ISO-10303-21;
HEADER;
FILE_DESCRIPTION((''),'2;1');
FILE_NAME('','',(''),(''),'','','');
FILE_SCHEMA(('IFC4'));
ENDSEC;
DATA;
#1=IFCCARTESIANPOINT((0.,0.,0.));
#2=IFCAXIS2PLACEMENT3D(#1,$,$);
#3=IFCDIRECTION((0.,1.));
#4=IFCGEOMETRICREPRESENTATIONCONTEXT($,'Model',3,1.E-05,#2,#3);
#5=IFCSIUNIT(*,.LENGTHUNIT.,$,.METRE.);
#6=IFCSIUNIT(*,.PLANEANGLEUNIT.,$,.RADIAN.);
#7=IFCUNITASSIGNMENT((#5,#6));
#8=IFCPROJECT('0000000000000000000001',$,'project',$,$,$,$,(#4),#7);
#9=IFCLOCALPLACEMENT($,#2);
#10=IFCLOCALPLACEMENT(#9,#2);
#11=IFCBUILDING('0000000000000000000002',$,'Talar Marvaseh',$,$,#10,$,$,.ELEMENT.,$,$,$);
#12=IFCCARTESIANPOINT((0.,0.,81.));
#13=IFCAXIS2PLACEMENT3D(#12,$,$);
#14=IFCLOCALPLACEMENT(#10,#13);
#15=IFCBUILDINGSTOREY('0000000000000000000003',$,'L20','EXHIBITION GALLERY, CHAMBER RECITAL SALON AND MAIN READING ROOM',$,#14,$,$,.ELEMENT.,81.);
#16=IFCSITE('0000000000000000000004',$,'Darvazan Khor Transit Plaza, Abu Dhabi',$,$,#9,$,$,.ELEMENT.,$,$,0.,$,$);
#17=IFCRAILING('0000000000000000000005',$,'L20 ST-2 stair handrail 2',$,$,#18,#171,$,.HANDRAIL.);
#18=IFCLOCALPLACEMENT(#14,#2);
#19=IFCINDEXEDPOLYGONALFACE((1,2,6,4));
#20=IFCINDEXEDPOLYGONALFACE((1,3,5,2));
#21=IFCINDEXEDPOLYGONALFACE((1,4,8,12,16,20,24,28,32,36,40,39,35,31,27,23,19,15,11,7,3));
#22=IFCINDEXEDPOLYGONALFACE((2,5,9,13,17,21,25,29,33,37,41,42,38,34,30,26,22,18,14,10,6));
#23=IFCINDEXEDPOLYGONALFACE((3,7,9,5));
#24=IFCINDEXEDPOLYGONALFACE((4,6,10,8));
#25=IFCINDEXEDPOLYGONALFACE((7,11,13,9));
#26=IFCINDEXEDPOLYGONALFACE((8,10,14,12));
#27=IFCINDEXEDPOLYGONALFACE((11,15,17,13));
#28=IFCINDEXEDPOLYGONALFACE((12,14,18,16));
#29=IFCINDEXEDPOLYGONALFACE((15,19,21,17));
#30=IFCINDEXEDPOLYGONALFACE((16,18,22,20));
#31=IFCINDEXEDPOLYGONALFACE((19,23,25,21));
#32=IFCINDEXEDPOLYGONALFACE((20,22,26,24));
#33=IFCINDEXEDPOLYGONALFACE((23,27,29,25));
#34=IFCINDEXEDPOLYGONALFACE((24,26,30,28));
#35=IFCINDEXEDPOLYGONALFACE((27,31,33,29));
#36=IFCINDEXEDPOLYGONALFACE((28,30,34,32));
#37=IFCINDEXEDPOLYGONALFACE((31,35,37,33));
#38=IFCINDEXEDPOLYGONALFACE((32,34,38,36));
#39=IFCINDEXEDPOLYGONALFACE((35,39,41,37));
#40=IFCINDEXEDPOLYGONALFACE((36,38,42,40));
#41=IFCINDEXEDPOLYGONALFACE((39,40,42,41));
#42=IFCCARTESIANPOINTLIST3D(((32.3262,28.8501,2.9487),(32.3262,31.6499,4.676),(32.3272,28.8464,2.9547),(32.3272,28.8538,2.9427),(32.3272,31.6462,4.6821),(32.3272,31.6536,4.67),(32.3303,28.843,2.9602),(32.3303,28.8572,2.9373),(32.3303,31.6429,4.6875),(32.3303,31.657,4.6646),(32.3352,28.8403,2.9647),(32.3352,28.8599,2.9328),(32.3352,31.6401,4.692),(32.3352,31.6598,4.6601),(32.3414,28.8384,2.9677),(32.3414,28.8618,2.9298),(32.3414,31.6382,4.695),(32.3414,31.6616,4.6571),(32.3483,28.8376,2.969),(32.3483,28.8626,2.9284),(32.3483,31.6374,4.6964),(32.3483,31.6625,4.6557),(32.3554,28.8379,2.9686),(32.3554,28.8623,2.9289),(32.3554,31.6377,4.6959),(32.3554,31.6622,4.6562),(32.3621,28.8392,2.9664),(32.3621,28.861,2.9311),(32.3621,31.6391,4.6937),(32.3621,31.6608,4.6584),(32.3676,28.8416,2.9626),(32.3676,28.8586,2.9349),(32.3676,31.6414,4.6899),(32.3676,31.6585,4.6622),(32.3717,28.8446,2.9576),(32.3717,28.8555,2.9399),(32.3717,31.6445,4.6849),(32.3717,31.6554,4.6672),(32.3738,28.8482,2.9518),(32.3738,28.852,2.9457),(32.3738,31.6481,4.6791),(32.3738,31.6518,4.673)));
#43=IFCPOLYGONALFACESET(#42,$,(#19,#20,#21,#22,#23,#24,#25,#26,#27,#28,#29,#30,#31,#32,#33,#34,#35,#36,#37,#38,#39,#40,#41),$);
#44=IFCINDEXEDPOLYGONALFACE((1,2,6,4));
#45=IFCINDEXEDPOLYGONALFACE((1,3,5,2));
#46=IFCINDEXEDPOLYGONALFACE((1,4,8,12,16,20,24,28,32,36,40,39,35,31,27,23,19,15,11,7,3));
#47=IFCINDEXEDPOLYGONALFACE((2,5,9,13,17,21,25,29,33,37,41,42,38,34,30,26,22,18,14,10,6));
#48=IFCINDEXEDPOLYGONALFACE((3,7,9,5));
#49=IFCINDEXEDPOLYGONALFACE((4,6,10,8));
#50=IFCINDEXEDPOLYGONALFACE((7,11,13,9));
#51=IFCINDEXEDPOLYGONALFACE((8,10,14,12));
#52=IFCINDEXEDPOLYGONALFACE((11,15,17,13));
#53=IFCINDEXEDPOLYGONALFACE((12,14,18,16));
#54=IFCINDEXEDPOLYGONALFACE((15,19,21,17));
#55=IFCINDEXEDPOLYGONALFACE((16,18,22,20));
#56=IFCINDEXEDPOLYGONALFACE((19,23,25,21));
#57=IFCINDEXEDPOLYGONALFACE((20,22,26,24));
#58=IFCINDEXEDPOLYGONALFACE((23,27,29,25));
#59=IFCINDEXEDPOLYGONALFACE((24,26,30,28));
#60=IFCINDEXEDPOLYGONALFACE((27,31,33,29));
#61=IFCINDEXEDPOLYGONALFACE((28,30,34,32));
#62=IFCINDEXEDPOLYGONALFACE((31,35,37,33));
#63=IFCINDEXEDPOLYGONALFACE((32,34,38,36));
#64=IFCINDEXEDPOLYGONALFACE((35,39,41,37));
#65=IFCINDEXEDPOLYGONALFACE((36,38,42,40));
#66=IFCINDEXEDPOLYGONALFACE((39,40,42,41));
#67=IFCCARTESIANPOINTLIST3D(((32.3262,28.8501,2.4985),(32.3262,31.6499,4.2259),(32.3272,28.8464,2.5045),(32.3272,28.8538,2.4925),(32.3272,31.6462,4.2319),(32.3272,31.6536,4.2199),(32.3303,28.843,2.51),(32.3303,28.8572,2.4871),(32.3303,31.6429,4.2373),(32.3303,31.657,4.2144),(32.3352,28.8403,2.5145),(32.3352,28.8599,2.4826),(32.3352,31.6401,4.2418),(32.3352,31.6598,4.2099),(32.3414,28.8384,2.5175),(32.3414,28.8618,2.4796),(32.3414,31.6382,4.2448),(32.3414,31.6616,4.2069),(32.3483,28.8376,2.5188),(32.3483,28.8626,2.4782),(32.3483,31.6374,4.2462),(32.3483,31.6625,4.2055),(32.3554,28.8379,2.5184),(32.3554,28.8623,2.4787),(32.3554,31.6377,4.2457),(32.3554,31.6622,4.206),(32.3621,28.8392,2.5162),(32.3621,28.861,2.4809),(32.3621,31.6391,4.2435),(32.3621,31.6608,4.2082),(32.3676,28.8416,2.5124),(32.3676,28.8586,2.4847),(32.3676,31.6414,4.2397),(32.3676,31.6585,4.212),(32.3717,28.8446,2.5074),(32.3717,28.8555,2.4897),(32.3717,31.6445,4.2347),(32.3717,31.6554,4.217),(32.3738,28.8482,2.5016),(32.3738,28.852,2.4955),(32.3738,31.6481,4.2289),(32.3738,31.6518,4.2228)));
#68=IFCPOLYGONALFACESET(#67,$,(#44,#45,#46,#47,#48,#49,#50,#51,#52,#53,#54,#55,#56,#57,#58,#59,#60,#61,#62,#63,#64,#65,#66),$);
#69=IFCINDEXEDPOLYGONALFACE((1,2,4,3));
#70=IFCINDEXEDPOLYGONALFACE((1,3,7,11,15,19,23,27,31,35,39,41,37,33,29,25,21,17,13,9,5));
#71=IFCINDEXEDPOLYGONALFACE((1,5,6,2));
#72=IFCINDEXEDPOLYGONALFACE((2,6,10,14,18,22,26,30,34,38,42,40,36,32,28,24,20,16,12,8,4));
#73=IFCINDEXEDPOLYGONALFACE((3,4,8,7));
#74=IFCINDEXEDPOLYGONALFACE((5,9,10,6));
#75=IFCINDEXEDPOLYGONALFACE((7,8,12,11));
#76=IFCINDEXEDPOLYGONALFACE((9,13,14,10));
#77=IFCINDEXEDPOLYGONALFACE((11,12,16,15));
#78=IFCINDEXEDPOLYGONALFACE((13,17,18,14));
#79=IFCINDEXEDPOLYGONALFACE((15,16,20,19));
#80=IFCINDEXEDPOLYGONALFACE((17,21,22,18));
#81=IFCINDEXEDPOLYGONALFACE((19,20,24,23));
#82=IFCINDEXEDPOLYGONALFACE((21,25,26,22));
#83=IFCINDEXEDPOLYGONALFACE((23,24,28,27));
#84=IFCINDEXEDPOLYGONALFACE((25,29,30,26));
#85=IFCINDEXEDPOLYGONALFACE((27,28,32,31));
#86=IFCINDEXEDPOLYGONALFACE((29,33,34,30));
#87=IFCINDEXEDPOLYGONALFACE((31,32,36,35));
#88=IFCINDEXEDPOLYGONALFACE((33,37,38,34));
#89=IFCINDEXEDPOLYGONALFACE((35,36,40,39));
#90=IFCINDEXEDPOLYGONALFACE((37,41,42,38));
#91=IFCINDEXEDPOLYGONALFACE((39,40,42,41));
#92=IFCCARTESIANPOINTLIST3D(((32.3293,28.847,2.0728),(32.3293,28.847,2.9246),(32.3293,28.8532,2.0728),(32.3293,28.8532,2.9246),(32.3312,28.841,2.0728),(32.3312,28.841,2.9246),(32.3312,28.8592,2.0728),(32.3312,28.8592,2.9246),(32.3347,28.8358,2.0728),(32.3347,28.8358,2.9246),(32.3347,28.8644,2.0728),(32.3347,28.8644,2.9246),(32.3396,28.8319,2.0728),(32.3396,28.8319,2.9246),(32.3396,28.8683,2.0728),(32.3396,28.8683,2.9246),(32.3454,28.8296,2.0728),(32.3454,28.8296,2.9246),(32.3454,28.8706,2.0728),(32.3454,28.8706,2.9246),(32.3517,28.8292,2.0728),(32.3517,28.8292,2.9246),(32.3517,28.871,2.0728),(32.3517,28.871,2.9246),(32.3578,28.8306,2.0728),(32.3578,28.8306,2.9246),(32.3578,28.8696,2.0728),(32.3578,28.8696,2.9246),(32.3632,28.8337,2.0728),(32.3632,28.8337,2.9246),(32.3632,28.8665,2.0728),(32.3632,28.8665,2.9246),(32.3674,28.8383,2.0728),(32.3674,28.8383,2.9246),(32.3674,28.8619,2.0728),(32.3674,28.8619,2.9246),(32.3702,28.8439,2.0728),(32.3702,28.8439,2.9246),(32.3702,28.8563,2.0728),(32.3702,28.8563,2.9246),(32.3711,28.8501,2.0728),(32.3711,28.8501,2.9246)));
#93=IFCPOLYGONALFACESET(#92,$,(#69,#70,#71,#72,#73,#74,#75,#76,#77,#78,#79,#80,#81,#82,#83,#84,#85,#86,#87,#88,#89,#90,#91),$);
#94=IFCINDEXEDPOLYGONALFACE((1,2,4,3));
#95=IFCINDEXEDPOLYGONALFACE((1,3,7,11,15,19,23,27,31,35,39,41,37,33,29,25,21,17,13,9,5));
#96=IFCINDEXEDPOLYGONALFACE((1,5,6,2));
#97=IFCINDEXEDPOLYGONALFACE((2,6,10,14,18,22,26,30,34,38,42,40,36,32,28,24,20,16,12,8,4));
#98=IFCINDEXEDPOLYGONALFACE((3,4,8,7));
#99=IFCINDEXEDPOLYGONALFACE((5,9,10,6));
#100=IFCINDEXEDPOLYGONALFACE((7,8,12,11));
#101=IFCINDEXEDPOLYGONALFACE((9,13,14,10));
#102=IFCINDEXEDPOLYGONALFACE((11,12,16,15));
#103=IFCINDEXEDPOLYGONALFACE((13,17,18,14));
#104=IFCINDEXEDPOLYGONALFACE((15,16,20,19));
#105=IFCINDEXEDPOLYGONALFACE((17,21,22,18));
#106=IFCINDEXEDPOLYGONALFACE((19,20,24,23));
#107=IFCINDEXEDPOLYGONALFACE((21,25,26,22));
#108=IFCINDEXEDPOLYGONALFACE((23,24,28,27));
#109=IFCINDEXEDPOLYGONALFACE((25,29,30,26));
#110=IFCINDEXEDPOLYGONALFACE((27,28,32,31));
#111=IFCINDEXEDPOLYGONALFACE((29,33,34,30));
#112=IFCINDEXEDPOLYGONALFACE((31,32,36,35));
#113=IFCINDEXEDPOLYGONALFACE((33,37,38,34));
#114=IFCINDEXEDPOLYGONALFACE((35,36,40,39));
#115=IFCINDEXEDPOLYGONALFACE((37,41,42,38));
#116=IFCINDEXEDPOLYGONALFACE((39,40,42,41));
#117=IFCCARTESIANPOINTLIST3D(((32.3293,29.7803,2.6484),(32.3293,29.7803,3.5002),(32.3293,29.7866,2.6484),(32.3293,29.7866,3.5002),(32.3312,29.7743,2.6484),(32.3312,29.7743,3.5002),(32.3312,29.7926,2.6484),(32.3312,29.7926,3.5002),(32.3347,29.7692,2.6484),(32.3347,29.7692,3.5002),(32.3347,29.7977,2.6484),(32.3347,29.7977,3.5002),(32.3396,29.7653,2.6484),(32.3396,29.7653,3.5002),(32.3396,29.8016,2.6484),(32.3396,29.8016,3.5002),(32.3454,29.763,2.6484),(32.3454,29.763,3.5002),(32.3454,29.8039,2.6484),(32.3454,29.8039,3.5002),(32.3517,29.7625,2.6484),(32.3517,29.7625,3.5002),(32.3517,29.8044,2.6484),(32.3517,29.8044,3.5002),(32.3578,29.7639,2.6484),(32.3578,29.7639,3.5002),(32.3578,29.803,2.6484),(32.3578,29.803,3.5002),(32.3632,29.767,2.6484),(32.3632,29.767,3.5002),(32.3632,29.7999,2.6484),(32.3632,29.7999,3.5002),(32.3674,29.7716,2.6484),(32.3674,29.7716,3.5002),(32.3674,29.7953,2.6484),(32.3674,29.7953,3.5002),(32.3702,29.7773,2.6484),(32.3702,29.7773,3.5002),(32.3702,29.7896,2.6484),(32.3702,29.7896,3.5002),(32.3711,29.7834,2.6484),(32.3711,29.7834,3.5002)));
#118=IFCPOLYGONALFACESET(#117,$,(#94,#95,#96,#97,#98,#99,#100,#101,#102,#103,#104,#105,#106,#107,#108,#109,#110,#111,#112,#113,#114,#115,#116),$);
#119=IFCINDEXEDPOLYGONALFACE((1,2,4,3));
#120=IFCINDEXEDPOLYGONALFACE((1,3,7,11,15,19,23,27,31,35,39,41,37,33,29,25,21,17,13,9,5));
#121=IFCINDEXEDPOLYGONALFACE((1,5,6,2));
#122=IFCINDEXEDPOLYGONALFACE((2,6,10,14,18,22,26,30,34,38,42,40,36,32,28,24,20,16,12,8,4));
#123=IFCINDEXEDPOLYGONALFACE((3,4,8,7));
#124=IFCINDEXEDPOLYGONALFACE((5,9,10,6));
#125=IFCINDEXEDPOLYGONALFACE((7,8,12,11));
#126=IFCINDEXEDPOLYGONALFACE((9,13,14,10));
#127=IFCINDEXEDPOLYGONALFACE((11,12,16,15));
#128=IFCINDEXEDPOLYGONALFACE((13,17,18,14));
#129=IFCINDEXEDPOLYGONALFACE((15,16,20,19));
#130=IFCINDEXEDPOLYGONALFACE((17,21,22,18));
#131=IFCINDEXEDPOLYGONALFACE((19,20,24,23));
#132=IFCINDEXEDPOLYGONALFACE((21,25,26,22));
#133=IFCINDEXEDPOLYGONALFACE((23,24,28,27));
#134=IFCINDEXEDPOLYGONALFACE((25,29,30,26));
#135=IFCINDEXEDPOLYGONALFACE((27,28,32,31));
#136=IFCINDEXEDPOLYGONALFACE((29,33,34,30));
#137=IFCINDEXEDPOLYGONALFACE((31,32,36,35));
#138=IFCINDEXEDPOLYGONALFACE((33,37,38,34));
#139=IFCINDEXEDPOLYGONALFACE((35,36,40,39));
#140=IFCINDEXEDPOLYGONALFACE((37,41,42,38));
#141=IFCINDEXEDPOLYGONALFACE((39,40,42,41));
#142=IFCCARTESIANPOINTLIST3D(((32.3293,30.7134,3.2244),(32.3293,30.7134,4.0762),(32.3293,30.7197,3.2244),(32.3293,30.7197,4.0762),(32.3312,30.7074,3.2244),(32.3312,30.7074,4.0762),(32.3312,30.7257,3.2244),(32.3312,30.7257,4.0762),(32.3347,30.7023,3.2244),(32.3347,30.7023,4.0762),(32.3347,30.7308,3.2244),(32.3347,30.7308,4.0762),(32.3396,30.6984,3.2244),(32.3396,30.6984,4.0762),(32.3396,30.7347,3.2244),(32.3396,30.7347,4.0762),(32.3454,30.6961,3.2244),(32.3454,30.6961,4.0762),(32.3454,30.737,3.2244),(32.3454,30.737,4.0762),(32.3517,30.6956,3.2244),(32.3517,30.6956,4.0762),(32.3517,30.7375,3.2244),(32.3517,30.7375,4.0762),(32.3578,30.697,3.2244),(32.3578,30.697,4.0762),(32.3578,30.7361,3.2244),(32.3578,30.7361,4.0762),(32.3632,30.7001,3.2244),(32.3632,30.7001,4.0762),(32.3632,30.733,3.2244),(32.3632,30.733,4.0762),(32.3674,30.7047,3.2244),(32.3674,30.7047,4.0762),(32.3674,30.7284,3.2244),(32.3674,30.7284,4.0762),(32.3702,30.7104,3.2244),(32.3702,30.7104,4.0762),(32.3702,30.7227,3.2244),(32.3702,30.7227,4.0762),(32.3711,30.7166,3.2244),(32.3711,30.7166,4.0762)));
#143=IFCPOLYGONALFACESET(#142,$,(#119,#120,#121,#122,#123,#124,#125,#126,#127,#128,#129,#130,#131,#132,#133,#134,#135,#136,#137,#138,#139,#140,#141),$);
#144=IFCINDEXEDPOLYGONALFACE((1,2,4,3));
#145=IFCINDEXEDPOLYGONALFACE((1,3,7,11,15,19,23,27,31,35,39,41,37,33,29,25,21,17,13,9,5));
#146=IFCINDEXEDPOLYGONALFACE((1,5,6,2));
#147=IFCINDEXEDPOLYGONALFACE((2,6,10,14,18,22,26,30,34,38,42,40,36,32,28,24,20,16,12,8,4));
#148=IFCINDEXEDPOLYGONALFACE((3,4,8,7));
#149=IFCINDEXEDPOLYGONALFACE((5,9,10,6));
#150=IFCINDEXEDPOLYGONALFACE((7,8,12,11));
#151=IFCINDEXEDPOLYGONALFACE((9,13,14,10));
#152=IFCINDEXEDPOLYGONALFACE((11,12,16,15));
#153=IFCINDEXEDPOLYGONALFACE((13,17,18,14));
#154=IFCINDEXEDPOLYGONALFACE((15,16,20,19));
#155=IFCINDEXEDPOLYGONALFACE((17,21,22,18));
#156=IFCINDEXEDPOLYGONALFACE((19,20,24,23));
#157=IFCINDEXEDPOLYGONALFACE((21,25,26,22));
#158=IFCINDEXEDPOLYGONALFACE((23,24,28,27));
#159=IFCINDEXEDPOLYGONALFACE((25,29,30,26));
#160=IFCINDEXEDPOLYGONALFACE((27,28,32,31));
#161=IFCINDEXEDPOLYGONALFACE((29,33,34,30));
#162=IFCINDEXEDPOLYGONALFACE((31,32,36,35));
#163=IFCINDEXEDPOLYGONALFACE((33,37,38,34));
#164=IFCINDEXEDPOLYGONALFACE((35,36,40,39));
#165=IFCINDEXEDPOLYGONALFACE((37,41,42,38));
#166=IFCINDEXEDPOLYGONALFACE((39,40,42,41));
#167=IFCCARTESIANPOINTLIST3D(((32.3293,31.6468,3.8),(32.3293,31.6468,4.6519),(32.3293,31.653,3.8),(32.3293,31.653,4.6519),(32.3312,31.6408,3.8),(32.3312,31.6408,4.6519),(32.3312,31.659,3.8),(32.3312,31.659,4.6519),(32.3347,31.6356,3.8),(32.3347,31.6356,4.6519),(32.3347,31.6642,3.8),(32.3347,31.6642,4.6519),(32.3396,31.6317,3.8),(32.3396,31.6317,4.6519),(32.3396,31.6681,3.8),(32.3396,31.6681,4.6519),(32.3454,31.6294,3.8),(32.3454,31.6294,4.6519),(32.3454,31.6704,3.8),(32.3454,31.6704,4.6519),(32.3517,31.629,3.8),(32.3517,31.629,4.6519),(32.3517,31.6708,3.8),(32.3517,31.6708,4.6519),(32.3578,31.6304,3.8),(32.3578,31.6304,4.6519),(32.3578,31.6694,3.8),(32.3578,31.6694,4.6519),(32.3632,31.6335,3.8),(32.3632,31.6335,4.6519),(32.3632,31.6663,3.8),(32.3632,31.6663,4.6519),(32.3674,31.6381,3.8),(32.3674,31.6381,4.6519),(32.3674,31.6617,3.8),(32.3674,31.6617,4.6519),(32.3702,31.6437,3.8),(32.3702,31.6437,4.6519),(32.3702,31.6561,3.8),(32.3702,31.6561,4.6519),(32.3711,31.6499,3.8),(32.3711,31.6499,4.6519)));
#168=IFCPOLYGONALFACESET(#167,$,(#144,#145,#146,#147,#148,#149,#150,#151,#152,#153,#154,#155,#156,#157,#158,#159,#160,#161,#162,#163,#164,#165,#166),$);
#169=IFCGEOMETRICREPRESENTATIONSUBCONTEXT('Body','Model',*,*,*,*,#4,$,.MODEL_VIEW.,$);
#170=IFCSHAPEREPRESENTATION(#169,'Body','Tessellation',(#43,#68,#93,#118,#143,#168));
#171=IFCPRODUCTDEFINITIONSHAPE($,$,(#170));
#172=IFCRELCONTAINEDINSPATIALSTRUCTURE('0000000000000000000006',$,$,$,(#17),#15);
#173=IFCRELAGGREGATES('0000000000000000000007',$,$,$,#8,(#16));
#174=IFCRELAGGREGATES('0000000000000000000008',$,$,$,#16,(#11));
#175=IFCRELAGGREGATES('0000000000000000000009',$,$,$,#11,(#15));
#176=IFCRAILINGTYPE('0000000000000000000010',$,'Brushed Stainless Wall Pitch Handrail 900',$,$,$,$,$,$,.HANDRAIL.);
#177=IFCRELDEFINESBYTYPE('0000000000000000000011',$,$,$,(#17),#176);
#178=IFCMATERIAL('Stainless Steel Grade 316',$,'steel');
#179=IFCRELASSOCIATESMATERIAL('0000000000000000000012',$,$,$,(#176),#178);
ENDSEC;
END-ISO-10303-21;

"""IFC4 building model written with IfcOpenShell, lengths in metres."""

from ifc_helpers import new_model, si_unit, direction, frame, origin, origin_2d, place, context, subcontext, project, spatial, circle, extrude, material, type_object, element, save


model = new_model("IFC4")

# Units and contexts
model_context = context("Model", 3, precision=1e-05, world=origin(), true_north=direction((0.0, 1.0)))
body_context = subcontext(model_context, "Body", "Model", "MODEL_VIEW")
ifc_project = project(units=[si_unit("LENGTHUNIT", "METRE"), si_unit("PLANEANGLEUNIT", "RADIAN")], contexts=[model_context])

# Site, building, storey
site_placement = place(None, origin())
site = spatial("IfcSite", under=ifc_project, at=site_placement, Name="Darvazan Khor Transit Plaza, Abu Dhabi", CompositionType="ELEMENT", RefElevation=0.0)
building_placement = place(site_placement, origin())
building = spatial("IfcBuilding", under=site, at=building_placement, Name="Talar Marvaseh", CompositionType="ELEMENT")
storey_placement = place(building_placement, frame((0.0, 0.0, 81.0)))
storey = spatial("IfcBuildingStorey", under=building, at=storey_placement, Name="L20", Description="EXHIBITION GALLERY, CHAMBER RECITAL SALON AND MAIN READING ROOM", CompositionType="ELEMENT", Elevation=81.0)

# Railing
ifc_material_1 = material(Name="Stainless Steel Grade 316", Category="steel")
railing_type = type_object("IfcRailingType", Name="Brushed Stainless Wall Pitch Handrail 900", PredefinedType="HANDRAIL", material=ifc_material_1)
railing_placement = place(storey_placement, frame((32.3501, 28.8501, 2.0728)))
element("IfcRailing", 1, at=railing_placement, inside=storey, type_object=railing_type, Name="L20 ST-2 stair handrail 2", PredefinedType="HANDRAIL", context=body_context, shape_type="SweptSolid", body=[
    extrude(circle(Radius=0.0239, at=origin_2d()), frame((0.0, 0.0, 0.876), z_axis=(0.0, 0.851069, 0.525054), x_axis=(-1.0, 0.0, 0.0)), (0.0, 0.0, 1.0), 3.2898),
    extrude(circle(Radius=0.0239, at=origin_2d()), frame((0.0, 0.0, 0.4258), z_axis=(0.0, 0.851069, 0.525054), x_axis=(-1.0, 0.0, 0.0)), (0.0, 0.0, 1.0), 3.2898),
    extrude(circle(Radius=0.021, at=origin_2d()), origin(), (0.0, 0.0, 1.0), 0.8518),
    extrude(circle(Radius=0.021, at=origin_2d()), frame((0.0, 0.9333, 0.5757)), (0.0, 0.0, 1.0), 0.8518),
    extrude(circle(Radius=0.021, at=origin_2d()), frame((0.0, 1.8665, 1.1516)), (0.0, 0.0, 1.0), 0.8518),
    extrude(circle(Radius=0.021, at=origin_2d()), frame((0.0, 2.7998, 1.7273)), (0.0, 0.0, 1.0), 0.8518),
])

save(model, "model.ifc")
